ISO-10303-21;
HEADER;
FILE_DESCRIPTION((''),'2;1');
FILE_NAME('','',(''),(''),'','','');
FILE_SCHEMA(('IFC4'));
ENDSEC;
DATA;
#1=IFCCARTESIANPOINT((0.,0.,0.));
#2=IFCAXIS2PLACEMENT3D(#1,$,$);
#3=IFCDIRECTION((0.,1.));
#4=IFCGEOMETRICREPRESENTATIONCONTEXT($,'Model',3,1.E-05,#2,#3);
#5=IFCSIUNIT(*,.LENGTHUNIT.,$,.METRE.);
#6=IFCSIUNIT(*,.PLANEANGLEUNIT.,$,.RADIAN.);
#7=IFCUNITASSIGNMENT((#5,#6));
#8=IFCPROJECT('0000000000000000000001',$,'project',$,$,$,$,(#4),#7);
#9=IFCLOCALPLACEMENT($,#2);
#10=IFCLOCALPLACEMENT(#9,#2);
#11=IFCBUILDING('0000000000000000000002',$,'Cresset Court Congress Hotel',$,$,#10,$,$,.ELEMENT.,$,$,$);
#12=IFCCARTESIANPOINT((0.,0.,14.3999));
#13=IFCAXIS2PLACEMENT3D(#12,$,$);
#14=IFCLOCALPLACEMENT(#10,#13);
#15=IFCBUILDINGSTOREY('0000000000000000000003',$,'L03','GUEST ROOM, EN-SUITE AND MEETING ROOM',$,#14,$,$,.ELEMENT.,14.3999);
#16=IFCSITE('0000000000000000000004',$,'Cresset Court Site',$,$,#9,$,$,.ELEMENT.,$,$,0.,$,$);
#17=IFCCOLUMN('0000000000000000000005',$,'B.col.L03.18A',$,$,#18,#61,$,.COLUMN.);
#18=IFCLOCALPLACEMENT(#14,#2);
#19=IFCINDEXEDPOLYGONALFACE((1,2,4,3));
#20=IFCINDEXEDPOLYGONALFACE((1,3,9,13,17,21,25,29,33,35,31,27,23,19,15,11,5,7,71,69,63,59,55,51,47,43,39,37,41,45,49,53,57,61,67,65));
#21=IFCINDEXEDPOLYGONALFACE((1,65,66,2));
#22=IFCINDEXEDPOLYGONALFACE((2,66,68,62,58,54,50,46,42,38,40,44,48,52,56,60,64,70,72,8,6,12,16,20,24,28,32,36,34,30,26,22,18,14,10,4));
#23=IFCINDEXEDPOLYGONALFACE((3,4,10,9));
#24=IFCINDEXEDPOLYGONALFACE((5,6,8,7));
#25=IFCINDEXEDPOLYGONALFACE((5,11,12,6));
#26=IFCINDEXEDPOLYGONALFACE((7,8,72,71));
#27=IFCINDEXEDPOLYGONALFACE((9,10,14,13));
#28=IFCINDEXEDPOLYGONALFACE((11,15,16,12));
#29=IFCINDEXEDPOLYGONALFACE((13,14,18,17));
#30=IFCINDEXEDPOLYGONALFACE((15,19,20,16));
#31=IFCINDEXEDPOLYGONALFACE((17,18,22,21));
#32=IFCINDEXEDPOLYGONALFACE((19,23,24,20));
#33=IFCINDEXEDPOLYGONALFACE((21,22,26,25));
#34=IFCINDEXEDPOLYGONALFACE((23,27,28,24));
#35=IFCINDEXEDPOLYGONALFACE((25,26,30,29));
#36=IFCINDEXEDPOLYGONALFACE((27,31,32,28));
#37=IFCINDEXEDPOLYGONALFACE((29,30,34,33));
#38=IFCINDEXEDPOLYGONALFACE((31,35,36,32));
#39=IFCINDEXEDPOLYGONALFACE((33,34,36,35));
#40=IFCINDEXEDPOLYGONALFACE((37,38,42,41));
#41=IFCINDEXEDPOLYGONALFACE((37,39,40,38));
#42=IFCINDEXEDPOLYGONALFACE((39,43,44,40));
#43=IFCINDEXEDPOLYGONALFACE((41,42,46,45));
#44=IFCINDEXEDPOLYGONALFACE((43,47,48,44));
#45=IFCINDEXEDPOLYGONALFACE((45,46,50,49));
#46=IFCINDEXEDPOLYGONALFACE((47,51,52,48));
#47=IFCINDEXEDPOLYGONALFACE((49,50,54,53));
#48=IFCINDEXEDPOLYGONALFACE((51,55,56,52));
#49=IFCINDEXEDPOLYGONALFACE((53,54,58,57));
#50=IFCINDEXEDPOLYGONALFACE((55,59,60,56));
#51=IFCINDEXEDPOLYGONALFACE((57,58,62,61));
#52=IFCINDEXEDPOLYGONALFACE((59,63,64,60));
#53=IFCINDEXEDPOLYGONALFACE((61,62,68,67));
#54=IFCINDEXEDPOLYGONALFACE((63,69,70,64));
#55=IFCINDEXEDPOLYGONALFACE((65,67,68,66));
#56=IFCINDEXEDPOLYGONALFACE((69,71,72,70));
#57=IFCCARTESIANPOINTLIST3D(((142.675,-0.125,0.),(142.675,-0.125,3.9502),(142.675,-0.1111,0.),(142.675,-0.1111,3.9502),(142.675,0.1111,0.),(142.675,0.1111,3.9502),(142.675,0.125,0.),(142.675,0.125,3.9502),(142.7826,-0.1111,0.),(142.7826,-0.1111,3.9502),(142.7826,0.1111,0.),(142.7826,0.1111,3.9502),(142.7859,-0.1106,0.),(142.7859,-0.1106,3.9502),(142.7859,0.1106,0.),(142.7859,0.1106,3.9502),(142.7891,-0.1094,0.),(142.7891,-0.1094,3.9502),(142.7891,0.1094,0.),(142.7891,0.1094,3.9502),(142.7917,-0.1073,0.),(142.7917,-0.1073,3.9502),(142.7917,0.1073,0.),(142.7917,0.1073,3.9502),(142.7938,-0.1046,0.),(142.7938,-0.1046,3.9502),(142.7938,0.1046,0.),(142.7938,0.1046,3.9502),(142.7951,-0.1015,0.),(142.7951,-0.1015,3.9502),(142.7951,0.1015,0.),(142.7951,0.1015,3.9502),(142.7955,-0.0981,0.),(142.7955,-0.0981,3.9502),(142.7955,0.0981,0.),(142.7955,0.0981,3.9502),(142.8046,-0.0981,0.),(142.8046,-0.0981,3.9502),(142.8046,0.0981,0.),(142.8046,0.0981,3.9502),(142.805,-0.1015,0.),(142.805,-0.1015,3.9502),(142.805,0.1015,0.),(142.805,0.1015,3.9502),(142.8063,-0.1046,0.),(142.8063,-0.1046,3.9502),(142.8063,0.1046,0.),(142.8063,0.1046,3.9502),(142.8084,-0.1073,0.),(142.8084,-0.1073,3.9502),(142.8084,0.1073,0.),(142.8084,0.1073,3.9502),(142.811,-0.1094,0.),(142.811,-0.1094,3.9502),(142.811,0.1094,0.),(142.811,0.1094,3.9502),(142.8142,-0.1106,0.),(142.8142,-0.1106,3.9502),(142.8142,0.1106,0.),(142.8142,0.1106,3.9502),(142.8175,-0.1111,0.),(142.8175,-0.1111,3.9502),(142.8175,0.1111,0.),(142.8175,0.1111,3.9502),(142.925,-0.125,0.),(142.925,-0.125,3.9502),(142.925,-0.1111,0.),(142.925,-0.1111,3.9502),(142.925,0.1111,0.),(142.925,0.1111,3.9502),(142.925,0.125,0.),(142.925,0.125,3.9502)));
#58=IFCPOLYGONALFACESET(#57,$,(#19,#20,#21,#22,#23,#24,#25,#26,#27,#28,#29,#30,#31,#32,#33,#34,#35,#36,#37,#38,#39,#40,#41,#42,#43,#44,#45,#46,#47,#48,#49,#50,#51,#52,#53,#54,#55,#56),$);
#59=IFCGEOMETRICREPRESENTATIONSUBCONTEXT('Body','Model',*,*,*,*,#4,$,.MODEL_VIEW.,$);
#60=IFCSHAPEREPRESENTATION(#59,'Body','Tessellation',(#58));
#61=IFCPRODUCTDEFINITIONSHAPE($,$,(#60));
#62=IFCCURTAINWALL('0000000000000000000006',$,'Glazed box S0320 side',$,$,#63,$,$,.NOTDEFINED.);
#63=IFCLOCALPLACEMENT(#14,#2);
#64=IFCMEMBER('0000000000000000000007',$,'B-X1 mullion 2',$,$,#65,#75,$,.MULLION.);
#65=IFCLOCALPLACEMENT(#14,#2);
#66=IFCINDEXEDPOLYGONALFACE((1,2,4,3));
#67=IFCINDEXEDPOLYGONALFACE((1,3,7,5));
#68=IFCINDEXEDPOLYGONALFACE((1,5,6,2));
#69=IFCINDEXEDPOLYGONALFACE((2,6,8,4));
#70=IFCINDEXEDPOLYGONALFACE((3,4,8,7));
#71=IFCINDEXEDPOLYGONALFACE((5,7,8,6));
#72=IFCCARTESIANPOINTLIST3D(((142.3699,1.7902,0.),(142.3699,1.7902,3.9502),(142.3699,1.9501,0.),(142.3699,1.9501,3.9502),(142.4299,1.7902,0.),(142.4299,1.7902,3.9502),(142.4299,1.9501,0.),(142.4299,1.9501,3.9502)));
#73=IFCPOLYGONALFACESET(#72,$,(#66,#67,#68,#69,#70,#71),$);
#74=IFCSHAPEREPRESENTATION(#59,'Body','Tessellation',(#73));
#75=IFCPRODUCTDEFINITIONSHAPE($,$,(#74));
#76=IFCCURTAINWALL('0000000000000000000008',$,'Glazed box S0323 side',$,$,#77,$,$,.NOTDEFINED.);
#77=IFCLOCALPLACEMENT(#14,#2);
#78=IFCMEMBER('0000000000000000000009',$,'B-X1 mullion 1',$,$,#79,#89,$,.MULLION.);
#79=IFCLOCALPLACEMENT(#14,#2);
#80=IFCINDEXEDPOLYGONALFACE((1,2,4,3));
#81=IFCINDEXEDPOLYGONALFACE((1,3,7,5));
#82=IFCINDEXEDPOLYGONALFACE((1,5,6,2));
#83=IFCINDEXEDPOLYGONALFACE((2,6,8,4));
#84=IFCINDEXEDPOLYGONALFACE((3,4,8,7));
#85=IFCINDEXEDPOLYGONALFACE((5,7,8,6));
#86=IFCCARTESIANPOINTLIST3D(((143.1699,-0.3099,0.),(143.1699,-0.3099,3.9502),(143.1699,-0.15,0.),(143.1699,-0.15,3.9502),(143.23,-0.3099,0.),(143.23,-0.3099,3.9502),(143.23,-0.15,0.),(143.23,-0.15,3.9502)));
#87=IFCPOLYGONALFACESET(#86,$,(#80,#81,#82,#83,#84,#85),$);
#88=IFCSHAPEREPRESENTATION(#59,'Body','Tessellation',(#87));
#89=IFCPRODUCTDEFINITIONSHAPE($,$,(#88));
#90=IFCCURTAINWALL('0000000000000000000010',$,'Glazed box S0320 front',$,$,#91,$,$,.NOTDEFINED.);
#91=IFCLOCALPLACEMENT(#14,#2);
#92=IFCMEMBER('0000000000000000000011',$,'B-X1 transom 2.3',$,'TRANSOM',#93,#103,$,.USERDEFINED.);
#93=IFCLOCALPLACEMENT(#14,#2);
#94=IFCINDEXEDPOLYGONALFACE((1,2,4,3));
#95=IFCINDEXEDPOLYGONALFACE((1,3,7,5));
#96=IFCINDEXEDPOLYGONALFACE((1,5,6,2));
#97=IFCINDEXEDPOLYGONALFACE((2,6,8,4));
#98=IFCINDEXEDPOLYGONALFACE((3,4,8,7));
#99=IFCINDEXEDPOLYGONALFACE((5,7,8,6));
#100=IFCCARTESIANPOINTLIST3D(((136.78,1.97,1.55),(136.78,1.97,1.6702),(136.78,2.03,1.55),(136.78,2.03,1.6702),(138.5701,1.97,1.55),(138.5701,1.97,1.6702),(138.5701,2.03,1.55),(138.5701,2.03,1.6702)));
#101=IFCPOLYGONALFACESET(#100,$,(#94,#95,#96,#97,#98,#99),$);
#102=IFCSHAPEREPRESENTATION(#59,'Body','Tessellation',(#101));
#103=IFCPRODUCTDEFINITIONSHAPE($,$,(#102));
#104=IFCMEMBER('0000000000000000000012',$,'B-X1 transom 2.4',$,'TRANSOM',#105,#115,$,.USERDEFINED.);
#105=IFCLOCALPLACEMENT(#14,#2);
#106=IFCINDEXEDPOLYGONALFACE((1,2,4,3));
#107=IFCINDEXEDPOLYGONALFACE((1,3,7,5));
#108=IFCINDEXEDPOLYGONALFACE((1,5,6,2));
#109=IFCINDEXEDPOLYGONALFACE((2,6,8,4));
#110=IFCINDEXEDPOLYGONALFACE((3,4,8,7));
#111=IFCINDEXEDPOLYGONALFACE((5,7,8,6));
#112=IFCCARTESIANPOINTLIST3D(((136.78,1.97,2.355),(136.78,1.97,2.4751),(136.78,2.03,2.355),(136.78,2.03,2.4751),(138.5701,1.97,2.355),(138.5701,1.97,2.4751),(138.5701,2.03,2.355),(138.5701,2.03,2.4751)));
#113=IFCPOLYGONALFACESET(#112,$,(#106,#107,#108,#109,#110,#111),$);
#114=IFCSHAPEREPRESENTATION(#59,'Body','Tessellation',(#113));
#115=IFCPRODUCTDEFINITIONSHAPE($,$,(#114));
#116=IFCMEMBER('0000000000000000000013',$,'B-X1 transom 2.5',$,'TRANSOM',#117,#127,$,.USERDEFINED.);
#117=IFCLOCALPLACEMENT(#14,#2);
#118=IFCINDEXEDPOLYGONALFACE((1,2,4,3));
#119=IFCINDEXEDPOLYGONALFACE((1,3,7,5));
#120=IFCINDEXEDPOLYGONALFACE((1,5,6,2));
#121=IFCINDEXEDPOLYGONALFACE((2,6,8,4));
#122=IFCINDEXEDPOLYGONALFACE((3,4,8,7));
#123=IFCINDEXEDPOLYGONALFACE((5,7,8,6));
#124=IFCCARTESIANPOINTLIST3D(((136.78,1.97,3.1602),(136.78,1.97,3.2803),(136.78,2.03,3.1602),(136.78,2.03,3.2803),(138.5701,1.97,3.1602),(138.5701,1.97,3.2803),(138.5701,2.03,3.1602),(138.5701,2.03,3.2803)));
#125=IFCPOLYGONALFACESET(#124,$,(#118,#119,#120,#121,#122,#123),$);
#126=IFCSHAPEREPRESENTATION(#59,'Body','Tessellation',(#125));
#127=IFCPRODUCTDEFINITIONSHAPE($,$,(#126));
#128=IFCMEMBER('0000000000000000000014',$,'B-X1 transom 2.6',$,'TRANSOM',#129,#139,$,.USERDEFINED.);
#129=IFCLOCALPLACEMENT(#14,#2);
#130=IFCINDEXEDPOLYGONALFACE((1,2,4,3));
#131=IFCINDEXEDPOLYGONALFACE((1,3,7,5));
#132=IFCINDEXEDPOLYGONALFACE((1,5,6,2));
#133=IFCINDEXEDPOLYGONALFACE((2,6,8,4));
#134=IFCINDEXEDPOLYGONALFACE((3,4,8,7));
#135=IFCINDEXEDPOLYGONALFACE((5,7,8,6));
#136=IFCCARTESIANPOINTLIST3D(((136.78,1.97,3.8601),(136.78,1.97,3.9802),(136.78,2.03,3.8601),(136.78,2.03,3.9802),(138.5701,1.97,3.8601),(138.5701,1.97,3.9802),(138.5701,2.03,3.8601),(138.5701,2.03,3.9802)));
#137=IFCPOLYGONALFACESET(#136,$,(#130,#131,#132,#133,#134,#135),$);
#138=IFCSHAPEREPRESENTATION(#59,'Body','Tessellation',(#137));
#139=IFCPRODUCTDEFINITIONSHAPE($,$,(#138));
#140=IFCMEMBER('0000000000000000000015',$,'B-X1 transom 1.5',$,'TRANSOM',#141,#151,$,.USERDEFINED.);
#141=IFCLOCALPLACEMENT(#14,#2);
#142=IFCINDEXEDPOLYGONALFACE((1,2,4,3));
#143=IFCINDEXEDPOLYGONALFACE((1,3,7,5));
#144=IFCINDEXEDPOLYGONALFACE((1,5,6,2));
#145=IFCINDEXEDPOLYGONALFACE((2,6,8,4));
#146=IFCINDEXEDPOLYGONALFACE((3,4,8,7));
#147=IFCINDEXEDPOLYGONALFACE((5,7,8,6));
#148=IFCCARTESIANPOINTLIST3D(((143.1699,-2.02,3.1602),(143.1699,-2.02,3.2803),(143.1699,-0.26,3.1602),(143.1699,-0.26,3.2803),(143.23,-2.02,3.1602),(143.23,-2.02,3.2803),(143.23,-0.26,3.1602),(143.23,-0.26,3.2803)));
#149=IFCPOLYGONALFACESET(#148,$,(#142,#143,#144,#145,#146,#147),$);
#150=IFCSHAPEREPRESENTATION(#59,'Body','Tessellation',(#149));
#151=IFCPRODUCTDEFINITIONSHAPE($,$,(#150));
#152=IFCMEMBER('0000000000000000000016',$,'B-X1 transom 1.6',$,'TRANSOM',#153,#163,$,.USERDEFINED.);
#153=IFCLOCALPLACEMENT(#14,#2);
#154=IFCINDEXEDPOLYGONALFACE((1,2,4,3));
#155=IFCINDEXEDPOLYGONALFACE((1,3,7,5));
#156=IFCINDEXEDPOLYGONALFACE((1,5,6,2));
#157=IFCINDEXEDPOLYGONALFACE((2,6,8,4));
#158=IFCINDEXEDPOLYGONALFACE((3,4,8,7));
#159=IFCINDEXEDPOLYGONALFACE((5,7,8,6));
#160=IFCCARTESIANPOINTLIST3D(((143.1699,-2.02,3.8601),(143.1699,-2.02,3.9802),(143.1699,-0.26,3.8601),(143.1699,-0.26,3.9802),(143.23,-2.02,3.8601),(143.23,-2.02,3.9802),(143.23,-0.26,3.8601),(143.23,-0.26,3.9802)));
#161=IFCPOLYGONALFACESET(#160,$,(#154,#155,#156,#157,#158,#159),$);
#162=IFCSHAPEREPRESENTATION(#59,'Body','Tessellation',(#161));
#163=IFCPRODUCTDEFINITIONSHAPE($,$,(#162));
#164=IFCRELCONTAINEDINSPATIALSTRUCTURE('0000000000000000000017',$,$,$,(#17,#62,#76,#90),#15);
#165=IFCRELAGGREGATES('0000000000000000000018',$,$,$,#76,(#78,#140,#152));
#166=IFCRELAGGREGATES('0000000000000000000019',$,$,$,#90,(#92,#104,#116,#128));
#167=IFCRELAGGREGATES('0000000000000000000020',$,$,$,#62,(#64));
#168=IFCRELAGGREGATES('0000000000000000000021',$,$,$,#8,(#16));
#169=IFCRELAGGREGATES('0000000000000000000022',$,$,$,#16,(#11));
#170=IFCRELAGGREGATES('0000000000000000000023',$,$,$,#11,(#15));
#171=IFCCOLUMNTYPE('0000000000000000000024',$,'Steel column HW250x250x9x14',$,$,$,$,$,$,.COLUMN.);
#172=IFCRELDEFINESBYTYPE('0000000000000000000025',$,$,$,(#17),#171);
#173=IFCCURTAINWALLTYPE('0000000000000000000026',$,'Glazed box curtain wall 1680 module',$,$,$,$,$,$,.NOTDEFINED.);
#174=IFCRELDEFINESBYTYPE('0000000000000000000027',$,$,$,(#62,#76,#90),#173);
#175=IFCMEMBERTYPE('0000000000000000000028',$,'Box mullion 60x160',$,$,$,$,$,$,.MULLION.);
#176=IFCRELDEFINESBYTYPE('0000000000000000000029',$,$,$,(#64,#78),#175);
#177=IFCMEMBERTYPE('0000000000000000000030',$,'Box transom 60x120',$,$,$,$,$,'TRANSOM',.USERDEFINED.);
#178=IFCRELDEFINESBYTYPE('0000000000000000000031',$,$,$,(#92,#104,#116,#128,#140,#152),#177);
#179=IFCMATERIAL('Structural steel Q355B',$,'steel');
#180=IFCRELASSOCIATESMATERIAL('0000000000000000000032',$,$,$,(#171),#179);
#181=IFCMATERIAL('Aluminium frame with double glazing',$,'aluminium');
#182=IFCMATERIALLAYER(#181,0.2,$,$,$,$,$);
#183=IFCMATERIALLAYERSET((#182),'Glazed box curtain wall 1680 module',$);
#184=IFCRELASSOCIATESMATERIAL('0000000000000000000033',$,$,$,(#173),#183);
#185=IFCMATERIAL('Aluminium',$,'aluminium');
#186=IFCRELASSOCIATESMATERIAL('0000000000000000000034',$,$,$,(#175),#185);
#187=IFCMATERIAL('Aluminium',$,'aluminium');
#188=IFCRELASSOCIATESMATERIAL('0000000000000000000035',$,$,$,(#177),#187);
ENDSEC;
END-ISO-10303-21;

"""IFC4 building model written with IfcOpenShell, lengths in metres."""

from ifc_helpers import new_model, si_unit, direction, frame, origin, origin_2d, place, context, subcontext, project, spatial, rectangle, i_section, extrude, material, layer, layer_set, material_profile, profile_set, type_object, element, aggregate, save


model = new_model("IFC4")

# Units and contexts
model_context = context("Model", 3, precision=1e-05, world=origin(), true_north=direction((0.0, 1.0)))
body_context = subcontext(model_context, "Body", "Model", "MODEL_VIEW")
ifc_project = project(units=[si_unit("LENGTHUNIT", "METRE"), si_unit("PLANEANGLEUNIT", "RADIAN")], contexts=[model_context])

# Site, building, storey
site_placement = place(None, origin())
site = spatial("IfcSite", under=ifc_project, at=site_placement, Name="Cresset Court Site", CompositionType="ELEMENT", RefElevation=0.0)
building_placement = place(site_placement, origin())
building = spatial("IfcBuilding", under=site, at=building_placement, Name="Cresset Court Congress Hotel", CompositionType="ELEMENT")
storey_placement = place(building_placement, frame((0.0, 0.0, 14.3999)))
storey = spatial("IfcBuildingStorey", under=building, at=storey_placement, Name="L03", Description="GUEST ROOM, EN-SUITE AND MEETING ROOM", CompositionType="ELEMENT", Elevation=14.3999)

# Column
ifc_material_1 = material(Name="Structural steel Q355B", Category="steel")
ifc_material_profile_1 = material_profile(ifc_material_1, i_section(OverallWidth=0.25, OverallDepth=0.25, WebThickness=0.009, FlangeThickness=0.0139, FilletRadius=0.0129, at=origin_2d()), Name="HW250x250x9x14")
ifc_profile_set_1 = profile_set([ifc_material_profile_1], Name="Structural steel Q355B")
column_type = type_object("IfcColumnType", Name="Steel column HW250x250x9x14", PredefinedType="COLUMN", material=ifc_profile_set_1)
column_placement = place(storey_placement, frame((142.8, 0.0, 0.0), z_axis=(0.0, 0.0, 1.0), x_axis=(1.0, 0.0, 0.0)))
element("IfcColumn", 1, at=column_placement, inside=storey, type_object=column_type, Name="B.col.L03.18A", PredefinedType="COLUMN", context=body_context, shape_type="SweptSolid", body=[
    extrude(i_section(OverallWidth=0.25, OverallDepth=0.25, WebThickness=0.009, FlangeThickness=0.0139, FilletRadius=0.0129, at=origin_2d()), origin(), (0.0, 0.0, 1.0), 3.9502),
])

# Curtain walls, members
ifc_material_2 = material(Name="Aluminium frame with double glazing", Category="aluminium")
ifc_layer_1 = layer(ifc_material_2, 0.2)
ifc_layer_set_1 = layer_set([ifc_layer_1], Name="Glazed box curtain wall 1680 module")
curtain_wall_type = type_object("IfcCurtainWallType", Name="Glazed box curtain wall 1680 module", PredefinedType="NOTDEFINED", material=ifc_layer_set_1)
curtain_wall_1_placement = place(storey_placement, origin())
curtain_wall_1 = element("IfcCurtainWall", 2, at=curtain_wall_1_placement, inside=storey, type_object=curtain_wall_type, Name="Glazed box S0320 side", PredefinedType="NOTDEFINED")
ifc_material_3 = material(Name="Aluminium", Category="aluminium")
ifc_material_profile_2 = material_profile(ifc_material_3, rectangle(XDim=0.0601, YDim=0.1599, at=origin_2d()), Name="Box mullion 60x160")
ifc_profile_set_2 = profile_set([ifc_material_profile_2], Name="Aluminium")
member_type_1 = type_object("IfcMemberType", Name="Box mullion 60x160", PredefinedType="MULLION", material=ifc_profile_set_2)
member_1_placement = place(storey_placement, frame((142.3999, 1.8701, 0.0), z_axis=(0.0, 0.0, 1.0), x_axis=(-1.0, 0.0, 0.0)))
member_1 = element("IfcMember", 3, at=member_1_placement, type_object=member_type_1, Name="B-X1 mullion 2", PredefinedType="MULLION", context=body_context, shape_type="SweptSolid", body=[
    extrude(rectangle(XDim=0.0601, YDim=0.1599, at=origin_2d()), origin(), (0.0, 0.0, 1.0), 3.9502),
])
curtain_wall_2_placement = place(storey_placement, origin())
curtain_wall_2 = element("IfcCurtainWall", 4, at=curtain_wall_2_placement, inside=storey, type_object=curtain_wall_type, Name="Glazed box S0323 side", PredefinedType="NOTDEFINED")
member_2_placement = place(storey_placement, frame((143.2, -0.23, 0.0), z_axis=(0.0, 0.0, 1.0), x_axis=(1.0, 0.0, 0.0)))
member_2 = element("IfcMember", 5, at=member_2_placement, type_object=member_type_1, Name="B-X1 mullion 1", PredefinedType="MULLION", context=body_context, shape_type="SweptSolid", body=[
    extrude(rectangle(XDim=0.0601, YDim=0.1599, at=origin_2d()), origin(), (0.0, 0.0, 1.0), 3.9502),
])

# Curtain wall, members
curtain_wall_3_placement = place(storey_placement, origin())
curtain_wall_3 = element("IfcCurtainWall", 6, at=curtain_wall_3_placement, inside=storey, type_object=curtain_wall_type, Name="Glazed box S0320 front", PredefinedType="NOTDEFINED")
ifc_material_4 = material(Name="Aluminium", Category="aluminium")
ifc_material_profile_3 = material_profile(ifc_material_4, rectangle(XDim=0.0601, YDim=0.1201, at=origin_2d()), Name="Box transom 60x120")
ifc_profile_set_3 = profile_set([ifc_material_profile_3], Name="Aluminium")
member_type_2 = type_object("IfcMemberType", Name="Box transom 60x120", ElementType="TRANSOM", PredefinedType="USERDEFINED", material=ifc_profile_set_3)
member_3_placement = place(storey_placement, frame((136.78, 2.0, 1.6101), z_axis=(1.0, 0.0, 0.0), x_axis=(0.0, 1.0, 0.0)))
member_3 = element("IfcMember", 7, at=member_3_placement, type_object=member_type_2, Name="B-X1 transom 2.3", ObjectType="TRANSOM", PredefinedType="USERDEFINED", context=body_context, shape_type="SweptSolid", body=[
    extrude(rectangle(XDim=0.0601, YDim=0.1201, at=origin_2d()), origin(), (0.0, 0.0, 1.0), 1.79),
])
member_4_placement = place(storey_placement, frame((136.78, 2.0, 2.415), z_axis=(1.0, 0.0, 0.0), x_axis=(0.0, 1.0, 0.0)))
member_4 = element("IfcMember", 8, at=member_4_placement, type_object=member_type_2, Name="B-X1 transom 2.4", ObjectType="TRANSOM", PredefinedType="USERDEFINED", context=body_context, shape_type="SweptSolid", body=[
    extrude(rectangle(XDim=0.0601, YDim=0.1201, at=origin_2d()), origin(), (0.0, 0.0, 1.0), 1.79),
])
member_5_placement = place(storey_placement, frame((136.78, 2.0, 3.2202), z_axis=(1.0, 0.0, 0.0), x_axis=(0.0, 1.0, 0.0)))
member_5 = element("IfcMember", 9, at=member_5_placement, type_object=member_type_2, Name="B-X1 transom 2.5", ObjectType="TRANSOM", PredefinedType="USERDEFINED", context=body_context, shape_type="SweptSolid", body=[
    extrude(rectangle(XDim=0.0601, YDim=0.1201, at=origin_2d()), origin(), (0.0, 0.0, 1.0), 1.79),
])
member_6_placement = place(storey_placement, frame((136.78, 2.0, 3.9202), z_axis=(1.0, 0.0, 0.0), x_axis=(0.0, 1.0, 0.0)))
member_6 = element("IfcMember", 10, at=member_6_placement, type_object=member_type_2, Name="B-X1 transom 2.6", ObjectType="TRANSOM", PredefinedType="USERDEFINED", context=body_context, shape_type="SweptSolid", body=[
    extrude(rectangle(XDim=0.0601, YDim=0.1201, at=origin_2d()), origin(), (0.0, 0.0, 1.0), 1.79),
])

# Members
member_7_placement = place(storey_placement, frame((143.2, -0.26, 3.2202), z_axis=(0.0, -1.0, 0.0), x_axis=(1.0, 0.0, 0.0)))
member_7 = element("IfcMember", 11, at=member_7_placement, type_object=member_type_2, Name="B-X1 transom 1.5", ObjectType="TRANSOM", PredefinedType="USERDEFINED", context=body_context, shape_type="SweptSolid", body=[
    extrude(rectangle(XDim=0.0601, YDim=0.1201, at=origin_2d()), origin(), (0.0, 0.0, 1.0), 1.76),
])
member_8_placement = place(storey_placement, frame((143.2, -0.26, 3.9202), z_axis=(0.0, -1.0, 0.0), x_axis=(1.0, 0.0, 0.0)))
member_8 = element("IfcMember", 12, at=member_8_placement, type_object=member_type_2, Name="B-X1 transom 1.6", ObjectType="TRANSOM", PredefinedType="USERDEFINED", context=body_context, shape_type="SweptSolid", body=[
    extrude(rectangle(XDim=0.0601, YDim=0.1201, at=origin_2d()), origin(), (0.0, 0.0, 1.0), 1.76),
])
aggregate(curtain_wall_2, [member_2, member_7, member_8])

aggregate(curtain_wall_3, [member_3, member_4, member_5, member_6])
aggregate(curtain_wall_1, [member_1])

save(model, "model.ifc")
